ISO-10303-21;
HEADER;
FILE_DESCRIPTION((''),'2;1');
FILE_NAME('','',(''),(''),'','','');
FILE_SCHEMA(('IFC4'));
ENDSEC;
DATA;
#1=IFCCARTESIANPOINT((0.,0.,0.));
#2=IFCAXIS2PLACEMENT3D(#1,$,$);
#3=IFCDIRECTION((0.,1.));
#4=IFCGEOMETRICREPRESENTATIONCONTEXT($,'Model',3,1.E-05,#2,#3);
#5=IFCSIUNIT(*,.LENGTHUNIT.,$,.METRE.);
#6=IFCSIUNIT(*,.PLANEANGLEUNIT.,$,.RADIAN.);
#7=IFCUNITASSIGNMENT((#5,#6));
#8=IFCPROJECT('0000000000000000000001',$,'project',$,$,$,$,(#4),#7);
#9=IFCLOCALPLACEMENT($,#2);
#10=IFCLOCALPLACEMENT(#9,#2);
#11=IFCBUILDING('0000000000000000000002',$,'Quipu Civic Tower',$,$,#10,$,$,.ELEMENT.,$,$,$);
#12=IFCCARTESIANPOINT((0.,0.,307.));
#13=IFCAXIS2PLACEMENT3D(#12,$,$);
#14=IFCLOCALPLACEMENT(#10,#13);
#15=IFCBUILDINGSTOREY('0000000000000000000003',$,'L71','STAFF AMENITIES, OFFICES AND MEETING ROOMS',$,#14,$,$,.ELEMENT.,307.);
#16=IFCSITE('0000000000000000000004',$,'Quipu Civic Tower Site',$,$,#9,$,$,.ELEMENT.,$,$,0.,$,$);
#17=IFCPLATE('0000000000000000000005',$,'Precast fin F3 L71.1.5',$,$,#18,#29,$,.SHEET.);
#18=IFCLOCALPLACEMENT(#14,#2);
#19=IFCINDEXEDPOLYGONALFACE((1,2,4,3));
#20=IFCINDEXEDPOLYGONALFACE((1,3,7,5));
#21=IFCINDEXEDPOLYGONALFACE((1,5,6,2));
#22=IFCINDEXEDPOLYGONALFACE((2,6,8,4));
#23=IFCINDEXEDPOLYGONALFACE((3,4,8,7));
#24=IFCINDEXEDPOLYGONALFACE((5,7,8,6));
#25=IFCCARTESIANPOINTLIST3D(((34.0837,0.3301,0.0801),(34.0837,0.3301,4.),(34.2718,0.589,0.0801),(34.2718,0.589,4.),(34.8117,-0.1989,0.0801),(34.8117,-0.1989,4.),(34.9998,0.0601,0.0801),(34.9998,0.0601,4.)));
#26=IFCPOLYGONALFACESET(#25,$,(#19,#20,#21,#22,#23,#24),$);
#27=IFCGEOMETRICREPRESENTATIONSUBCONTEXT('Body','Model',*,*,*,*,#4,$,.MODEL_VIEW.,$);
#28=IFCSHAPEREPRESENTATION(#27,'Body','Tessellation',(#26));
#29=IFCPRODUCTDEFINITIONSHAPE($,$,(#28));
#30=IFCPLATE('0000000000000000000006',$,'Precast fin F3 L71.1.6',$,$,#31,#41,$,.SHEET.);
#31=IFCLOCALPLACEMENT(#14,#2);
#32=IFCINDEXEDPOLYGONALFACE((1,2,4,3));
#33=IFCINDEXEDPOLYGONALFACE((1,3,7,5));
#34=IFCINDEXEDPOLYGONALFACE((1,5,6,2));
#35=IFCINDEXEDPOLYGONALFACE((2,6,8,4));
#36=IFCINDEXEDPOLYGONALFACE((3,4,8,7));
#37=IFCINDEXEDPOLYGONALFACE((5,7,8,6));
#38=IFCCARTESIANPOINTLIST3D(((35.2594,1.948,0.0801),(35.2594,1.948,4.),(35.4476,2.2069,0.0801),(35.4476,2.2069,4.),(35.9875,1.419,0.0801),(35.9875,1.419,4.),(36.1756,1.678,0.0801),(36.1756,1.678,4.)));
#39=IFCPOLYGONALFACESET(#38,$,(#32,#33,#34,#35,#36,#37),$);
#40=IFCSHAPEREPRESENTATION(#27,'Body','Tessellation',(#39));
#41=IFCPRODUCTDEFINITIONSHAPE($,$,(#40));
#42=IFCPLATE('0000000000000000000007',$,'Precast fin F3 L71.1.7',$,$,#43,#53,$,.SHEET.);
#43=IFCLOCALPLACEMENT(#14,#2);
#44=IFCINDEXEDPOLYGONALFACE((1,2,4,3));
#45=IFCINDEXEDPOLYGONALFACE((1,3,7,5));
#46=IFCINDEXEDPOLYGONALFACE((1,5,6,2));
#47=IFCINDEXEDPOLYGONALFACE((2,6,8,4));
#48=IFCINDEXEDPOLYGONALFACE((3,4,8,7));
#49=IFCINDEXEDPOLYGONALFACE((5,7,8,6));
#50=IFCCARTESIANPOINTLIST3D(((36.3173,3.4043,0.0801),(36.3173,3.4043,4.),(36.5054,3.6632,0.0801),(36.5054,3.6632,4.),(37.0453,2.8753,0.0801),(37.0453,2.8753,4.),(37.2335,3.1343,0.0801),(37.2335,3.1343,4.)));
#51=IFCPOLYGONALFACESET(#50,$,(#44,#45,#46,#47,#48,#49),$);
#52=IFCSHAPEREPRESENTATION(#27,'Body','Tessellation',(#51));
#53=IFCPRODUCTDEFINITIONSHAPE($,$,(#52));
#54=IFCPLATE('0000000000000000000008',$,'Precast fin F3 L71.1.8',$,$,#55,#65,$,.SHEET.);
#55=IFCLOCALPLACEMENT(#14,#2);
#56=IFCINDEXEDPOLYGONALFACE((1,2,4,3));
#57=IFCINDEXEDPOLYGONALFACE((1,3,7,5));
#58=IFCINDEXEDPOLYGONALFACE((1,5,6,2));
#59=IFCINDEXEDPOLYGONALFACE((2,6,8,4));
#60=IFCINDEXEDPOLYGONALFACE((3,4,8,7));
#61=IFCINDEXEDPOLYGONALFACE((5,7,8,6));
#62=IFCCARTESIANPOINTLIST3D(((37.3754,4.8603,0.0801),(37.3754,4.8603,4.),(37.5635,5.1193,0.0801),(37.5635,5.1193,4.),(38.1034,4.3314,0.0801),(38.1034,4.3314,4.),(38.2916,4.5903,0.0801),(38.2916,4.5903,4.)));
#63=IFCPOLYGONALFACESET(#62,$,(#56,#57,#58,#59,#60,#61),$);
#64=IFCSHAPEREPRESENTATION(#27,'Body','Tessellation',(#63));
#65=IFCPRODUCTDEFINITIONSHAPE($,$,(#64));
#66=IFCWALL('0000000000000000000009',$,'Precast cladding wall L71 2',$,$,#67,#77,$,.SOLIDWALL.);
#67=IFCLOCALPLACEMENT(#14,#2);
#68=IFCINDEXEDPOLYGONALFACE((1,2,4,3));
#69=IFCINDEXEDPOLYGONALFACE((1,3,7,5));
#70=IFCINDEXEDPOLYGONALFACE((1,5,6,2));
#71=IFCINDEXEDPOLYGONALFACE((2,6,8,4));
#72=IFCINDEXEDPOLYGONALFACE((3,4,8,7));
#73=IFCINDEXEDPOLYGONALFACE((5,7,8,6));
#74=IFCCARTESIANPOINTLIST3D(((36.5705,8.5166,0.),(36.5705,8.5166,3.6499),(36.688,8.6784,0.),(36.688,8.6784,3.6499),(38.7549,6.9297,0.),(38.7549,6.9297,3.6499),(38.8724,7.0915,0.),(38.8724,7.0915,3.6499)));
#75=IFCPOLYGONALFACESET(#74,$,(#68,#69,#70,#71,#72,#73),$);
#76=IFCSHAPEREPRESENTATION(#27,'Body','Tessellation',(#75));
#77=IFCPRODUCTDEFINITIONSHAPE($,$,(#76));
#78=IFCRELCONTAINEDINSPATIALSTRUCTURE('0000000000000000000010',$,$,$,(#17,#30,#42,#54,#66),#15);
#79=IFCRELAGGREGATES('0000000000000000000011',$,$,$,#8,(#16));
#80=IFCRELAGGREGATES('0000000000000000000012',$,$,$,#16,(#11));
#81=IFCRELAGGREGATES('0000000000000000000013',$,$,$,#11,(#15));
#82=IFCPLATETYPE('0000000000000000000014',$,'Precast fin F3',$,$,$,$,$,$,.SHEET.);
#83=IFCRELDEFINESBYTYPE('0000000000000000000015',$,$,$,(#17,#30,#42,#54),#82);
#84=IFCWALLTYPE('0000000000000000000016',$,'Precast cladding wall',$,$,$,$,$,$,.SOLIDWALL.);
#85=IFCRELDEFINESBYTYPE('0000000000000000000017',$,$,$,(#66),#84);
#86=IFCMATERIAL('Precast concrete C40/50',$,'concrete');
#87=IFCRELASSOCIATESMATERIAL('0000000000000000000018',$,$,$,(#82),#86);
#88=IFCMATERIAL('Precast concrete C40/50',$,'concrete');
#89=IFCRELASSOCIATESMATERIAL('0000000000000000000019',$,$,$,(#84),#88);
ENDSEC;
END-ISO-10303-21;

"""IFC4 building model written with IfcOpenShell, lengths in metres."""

from ifc_helpers import new_model, si_unit, direction, frame, frame_2d, origin, origin_2d, place, context, subcontext, project, spatial, rectangle, extrude, material, type_object, element, save


model = new_model("IFC4")

# Units and contexts
model_context = context("Model", 3, precision=1e-05, world=origin(), true_north=direction((0.0, 1.0)))
body_context = subcontext(model_context, "Body", "Model", "MODEL_VIEW")
ifc_project = project(units=[si_unit("LENGTHUNIT", "METRE"), si_unit("PLANEANGLEUNIT", "RADIAN")], contexts=[model_context])

# Site, building, storey
site_placement = place(None, origin())
site = spatial("IfcSite", under=ifc_project, at=site_placement, Name="Quipu Civic Tower Site", CompositionType="ELEMENT", RefElevation=0.0)
building_placement = place(site_placement, origin())
building = spatial("IfcBuilding", under=site, at=building_placement, Name="Quipu Civic Tower", CompositionType="ELEMENT")
storey_placement = place(building_placement, frame((0.0, 0.0, 307.0)))
storey = spatial("IfcBuildingStorey", under=building, at=storey_placement, Name="L71", Description="STAFF AMENITIES, OFFICES AND MEETING ROOMS", CompositionType="ELEMENT", Elevation=307.0)

# Plates
ifc_material_1 = material(Name="Precast concrete C40/50", Category="concrete")
plate_type_1 = type_object("IfcPlateType", Name="Precast fin F3", PredefinedType="SHEET", material=ifc_material_1)
for number, where, z_axis, x_axis, name in (
    (1, (34.5417, 0.1951, 0.0801), (0.0, 0.0, 1.0), (0.587787, 0.809016, 0.0), "Precast fin F3 L71.1.5"),
    (2, (35.7175, 1.813, 0.0801), (0.0, 0.0, 1.0), (0.587787, 0.809016, 0.0), "Precast fin F3 L71.1.6"),
    (3, (36.7754, 3.2693, 0.0801), (0.0, 0.0, 1.0), (0.587787, 0.809016, 0.0), "Precast fin F3 L71.1.7"),
    (4, (37.8335, 4.7253, 0.0801), (0.0, 0.0, 1.0), (0.587787, 0.809016, 0.0), "Precast fin F3 L71.1.8"),
):
    element("IfcPlate", number, at=place(storey_placement, frame(where, z_axis=z_axis, x_axis=x_axis)), inside=storey, type_object=plate_type_1, Name=name, PredefinedType="SHEET", context=body_context, shape_type="SweptSolid", body=[
        extrude(rectangle(XDim=0.3201, YDim=0.8999, at=origin_2d()), origin(), (0.0, 0.0, 1.0), 3.9199),
    ])

# Wall
ifc_material_2 = material(Name="Precast concrete C40/50", Category="concrete")
wall_type = type_object("IfcWallType", Name="Precast cladding wall", PredefinedType="SOLIDWALL", material=ifc_material_2)
wall_placement = place(storey_placement, frame((38.8137, 7.0105, 0.0), z_axis=(0.0, 0.0, 1.0), x_axis=(-0.809033, 0.587763, 0.0)))
element("IfcWall", 5, at=wall_placement, inside=storey, type_object=wall_type, Name="Precast cladding wall L71 2", PredefinedType="SOLIDWALL", context=body_context, shape_type="SweptSolid", body=[
    extrude(rectangle(XDim=2.7, YDim=0.2, at=frame_2d((1.3501, 0.0))), origin(), (0.0, 0.0, 1.0), 3.6499),
])

save(model, "model.ifc")
